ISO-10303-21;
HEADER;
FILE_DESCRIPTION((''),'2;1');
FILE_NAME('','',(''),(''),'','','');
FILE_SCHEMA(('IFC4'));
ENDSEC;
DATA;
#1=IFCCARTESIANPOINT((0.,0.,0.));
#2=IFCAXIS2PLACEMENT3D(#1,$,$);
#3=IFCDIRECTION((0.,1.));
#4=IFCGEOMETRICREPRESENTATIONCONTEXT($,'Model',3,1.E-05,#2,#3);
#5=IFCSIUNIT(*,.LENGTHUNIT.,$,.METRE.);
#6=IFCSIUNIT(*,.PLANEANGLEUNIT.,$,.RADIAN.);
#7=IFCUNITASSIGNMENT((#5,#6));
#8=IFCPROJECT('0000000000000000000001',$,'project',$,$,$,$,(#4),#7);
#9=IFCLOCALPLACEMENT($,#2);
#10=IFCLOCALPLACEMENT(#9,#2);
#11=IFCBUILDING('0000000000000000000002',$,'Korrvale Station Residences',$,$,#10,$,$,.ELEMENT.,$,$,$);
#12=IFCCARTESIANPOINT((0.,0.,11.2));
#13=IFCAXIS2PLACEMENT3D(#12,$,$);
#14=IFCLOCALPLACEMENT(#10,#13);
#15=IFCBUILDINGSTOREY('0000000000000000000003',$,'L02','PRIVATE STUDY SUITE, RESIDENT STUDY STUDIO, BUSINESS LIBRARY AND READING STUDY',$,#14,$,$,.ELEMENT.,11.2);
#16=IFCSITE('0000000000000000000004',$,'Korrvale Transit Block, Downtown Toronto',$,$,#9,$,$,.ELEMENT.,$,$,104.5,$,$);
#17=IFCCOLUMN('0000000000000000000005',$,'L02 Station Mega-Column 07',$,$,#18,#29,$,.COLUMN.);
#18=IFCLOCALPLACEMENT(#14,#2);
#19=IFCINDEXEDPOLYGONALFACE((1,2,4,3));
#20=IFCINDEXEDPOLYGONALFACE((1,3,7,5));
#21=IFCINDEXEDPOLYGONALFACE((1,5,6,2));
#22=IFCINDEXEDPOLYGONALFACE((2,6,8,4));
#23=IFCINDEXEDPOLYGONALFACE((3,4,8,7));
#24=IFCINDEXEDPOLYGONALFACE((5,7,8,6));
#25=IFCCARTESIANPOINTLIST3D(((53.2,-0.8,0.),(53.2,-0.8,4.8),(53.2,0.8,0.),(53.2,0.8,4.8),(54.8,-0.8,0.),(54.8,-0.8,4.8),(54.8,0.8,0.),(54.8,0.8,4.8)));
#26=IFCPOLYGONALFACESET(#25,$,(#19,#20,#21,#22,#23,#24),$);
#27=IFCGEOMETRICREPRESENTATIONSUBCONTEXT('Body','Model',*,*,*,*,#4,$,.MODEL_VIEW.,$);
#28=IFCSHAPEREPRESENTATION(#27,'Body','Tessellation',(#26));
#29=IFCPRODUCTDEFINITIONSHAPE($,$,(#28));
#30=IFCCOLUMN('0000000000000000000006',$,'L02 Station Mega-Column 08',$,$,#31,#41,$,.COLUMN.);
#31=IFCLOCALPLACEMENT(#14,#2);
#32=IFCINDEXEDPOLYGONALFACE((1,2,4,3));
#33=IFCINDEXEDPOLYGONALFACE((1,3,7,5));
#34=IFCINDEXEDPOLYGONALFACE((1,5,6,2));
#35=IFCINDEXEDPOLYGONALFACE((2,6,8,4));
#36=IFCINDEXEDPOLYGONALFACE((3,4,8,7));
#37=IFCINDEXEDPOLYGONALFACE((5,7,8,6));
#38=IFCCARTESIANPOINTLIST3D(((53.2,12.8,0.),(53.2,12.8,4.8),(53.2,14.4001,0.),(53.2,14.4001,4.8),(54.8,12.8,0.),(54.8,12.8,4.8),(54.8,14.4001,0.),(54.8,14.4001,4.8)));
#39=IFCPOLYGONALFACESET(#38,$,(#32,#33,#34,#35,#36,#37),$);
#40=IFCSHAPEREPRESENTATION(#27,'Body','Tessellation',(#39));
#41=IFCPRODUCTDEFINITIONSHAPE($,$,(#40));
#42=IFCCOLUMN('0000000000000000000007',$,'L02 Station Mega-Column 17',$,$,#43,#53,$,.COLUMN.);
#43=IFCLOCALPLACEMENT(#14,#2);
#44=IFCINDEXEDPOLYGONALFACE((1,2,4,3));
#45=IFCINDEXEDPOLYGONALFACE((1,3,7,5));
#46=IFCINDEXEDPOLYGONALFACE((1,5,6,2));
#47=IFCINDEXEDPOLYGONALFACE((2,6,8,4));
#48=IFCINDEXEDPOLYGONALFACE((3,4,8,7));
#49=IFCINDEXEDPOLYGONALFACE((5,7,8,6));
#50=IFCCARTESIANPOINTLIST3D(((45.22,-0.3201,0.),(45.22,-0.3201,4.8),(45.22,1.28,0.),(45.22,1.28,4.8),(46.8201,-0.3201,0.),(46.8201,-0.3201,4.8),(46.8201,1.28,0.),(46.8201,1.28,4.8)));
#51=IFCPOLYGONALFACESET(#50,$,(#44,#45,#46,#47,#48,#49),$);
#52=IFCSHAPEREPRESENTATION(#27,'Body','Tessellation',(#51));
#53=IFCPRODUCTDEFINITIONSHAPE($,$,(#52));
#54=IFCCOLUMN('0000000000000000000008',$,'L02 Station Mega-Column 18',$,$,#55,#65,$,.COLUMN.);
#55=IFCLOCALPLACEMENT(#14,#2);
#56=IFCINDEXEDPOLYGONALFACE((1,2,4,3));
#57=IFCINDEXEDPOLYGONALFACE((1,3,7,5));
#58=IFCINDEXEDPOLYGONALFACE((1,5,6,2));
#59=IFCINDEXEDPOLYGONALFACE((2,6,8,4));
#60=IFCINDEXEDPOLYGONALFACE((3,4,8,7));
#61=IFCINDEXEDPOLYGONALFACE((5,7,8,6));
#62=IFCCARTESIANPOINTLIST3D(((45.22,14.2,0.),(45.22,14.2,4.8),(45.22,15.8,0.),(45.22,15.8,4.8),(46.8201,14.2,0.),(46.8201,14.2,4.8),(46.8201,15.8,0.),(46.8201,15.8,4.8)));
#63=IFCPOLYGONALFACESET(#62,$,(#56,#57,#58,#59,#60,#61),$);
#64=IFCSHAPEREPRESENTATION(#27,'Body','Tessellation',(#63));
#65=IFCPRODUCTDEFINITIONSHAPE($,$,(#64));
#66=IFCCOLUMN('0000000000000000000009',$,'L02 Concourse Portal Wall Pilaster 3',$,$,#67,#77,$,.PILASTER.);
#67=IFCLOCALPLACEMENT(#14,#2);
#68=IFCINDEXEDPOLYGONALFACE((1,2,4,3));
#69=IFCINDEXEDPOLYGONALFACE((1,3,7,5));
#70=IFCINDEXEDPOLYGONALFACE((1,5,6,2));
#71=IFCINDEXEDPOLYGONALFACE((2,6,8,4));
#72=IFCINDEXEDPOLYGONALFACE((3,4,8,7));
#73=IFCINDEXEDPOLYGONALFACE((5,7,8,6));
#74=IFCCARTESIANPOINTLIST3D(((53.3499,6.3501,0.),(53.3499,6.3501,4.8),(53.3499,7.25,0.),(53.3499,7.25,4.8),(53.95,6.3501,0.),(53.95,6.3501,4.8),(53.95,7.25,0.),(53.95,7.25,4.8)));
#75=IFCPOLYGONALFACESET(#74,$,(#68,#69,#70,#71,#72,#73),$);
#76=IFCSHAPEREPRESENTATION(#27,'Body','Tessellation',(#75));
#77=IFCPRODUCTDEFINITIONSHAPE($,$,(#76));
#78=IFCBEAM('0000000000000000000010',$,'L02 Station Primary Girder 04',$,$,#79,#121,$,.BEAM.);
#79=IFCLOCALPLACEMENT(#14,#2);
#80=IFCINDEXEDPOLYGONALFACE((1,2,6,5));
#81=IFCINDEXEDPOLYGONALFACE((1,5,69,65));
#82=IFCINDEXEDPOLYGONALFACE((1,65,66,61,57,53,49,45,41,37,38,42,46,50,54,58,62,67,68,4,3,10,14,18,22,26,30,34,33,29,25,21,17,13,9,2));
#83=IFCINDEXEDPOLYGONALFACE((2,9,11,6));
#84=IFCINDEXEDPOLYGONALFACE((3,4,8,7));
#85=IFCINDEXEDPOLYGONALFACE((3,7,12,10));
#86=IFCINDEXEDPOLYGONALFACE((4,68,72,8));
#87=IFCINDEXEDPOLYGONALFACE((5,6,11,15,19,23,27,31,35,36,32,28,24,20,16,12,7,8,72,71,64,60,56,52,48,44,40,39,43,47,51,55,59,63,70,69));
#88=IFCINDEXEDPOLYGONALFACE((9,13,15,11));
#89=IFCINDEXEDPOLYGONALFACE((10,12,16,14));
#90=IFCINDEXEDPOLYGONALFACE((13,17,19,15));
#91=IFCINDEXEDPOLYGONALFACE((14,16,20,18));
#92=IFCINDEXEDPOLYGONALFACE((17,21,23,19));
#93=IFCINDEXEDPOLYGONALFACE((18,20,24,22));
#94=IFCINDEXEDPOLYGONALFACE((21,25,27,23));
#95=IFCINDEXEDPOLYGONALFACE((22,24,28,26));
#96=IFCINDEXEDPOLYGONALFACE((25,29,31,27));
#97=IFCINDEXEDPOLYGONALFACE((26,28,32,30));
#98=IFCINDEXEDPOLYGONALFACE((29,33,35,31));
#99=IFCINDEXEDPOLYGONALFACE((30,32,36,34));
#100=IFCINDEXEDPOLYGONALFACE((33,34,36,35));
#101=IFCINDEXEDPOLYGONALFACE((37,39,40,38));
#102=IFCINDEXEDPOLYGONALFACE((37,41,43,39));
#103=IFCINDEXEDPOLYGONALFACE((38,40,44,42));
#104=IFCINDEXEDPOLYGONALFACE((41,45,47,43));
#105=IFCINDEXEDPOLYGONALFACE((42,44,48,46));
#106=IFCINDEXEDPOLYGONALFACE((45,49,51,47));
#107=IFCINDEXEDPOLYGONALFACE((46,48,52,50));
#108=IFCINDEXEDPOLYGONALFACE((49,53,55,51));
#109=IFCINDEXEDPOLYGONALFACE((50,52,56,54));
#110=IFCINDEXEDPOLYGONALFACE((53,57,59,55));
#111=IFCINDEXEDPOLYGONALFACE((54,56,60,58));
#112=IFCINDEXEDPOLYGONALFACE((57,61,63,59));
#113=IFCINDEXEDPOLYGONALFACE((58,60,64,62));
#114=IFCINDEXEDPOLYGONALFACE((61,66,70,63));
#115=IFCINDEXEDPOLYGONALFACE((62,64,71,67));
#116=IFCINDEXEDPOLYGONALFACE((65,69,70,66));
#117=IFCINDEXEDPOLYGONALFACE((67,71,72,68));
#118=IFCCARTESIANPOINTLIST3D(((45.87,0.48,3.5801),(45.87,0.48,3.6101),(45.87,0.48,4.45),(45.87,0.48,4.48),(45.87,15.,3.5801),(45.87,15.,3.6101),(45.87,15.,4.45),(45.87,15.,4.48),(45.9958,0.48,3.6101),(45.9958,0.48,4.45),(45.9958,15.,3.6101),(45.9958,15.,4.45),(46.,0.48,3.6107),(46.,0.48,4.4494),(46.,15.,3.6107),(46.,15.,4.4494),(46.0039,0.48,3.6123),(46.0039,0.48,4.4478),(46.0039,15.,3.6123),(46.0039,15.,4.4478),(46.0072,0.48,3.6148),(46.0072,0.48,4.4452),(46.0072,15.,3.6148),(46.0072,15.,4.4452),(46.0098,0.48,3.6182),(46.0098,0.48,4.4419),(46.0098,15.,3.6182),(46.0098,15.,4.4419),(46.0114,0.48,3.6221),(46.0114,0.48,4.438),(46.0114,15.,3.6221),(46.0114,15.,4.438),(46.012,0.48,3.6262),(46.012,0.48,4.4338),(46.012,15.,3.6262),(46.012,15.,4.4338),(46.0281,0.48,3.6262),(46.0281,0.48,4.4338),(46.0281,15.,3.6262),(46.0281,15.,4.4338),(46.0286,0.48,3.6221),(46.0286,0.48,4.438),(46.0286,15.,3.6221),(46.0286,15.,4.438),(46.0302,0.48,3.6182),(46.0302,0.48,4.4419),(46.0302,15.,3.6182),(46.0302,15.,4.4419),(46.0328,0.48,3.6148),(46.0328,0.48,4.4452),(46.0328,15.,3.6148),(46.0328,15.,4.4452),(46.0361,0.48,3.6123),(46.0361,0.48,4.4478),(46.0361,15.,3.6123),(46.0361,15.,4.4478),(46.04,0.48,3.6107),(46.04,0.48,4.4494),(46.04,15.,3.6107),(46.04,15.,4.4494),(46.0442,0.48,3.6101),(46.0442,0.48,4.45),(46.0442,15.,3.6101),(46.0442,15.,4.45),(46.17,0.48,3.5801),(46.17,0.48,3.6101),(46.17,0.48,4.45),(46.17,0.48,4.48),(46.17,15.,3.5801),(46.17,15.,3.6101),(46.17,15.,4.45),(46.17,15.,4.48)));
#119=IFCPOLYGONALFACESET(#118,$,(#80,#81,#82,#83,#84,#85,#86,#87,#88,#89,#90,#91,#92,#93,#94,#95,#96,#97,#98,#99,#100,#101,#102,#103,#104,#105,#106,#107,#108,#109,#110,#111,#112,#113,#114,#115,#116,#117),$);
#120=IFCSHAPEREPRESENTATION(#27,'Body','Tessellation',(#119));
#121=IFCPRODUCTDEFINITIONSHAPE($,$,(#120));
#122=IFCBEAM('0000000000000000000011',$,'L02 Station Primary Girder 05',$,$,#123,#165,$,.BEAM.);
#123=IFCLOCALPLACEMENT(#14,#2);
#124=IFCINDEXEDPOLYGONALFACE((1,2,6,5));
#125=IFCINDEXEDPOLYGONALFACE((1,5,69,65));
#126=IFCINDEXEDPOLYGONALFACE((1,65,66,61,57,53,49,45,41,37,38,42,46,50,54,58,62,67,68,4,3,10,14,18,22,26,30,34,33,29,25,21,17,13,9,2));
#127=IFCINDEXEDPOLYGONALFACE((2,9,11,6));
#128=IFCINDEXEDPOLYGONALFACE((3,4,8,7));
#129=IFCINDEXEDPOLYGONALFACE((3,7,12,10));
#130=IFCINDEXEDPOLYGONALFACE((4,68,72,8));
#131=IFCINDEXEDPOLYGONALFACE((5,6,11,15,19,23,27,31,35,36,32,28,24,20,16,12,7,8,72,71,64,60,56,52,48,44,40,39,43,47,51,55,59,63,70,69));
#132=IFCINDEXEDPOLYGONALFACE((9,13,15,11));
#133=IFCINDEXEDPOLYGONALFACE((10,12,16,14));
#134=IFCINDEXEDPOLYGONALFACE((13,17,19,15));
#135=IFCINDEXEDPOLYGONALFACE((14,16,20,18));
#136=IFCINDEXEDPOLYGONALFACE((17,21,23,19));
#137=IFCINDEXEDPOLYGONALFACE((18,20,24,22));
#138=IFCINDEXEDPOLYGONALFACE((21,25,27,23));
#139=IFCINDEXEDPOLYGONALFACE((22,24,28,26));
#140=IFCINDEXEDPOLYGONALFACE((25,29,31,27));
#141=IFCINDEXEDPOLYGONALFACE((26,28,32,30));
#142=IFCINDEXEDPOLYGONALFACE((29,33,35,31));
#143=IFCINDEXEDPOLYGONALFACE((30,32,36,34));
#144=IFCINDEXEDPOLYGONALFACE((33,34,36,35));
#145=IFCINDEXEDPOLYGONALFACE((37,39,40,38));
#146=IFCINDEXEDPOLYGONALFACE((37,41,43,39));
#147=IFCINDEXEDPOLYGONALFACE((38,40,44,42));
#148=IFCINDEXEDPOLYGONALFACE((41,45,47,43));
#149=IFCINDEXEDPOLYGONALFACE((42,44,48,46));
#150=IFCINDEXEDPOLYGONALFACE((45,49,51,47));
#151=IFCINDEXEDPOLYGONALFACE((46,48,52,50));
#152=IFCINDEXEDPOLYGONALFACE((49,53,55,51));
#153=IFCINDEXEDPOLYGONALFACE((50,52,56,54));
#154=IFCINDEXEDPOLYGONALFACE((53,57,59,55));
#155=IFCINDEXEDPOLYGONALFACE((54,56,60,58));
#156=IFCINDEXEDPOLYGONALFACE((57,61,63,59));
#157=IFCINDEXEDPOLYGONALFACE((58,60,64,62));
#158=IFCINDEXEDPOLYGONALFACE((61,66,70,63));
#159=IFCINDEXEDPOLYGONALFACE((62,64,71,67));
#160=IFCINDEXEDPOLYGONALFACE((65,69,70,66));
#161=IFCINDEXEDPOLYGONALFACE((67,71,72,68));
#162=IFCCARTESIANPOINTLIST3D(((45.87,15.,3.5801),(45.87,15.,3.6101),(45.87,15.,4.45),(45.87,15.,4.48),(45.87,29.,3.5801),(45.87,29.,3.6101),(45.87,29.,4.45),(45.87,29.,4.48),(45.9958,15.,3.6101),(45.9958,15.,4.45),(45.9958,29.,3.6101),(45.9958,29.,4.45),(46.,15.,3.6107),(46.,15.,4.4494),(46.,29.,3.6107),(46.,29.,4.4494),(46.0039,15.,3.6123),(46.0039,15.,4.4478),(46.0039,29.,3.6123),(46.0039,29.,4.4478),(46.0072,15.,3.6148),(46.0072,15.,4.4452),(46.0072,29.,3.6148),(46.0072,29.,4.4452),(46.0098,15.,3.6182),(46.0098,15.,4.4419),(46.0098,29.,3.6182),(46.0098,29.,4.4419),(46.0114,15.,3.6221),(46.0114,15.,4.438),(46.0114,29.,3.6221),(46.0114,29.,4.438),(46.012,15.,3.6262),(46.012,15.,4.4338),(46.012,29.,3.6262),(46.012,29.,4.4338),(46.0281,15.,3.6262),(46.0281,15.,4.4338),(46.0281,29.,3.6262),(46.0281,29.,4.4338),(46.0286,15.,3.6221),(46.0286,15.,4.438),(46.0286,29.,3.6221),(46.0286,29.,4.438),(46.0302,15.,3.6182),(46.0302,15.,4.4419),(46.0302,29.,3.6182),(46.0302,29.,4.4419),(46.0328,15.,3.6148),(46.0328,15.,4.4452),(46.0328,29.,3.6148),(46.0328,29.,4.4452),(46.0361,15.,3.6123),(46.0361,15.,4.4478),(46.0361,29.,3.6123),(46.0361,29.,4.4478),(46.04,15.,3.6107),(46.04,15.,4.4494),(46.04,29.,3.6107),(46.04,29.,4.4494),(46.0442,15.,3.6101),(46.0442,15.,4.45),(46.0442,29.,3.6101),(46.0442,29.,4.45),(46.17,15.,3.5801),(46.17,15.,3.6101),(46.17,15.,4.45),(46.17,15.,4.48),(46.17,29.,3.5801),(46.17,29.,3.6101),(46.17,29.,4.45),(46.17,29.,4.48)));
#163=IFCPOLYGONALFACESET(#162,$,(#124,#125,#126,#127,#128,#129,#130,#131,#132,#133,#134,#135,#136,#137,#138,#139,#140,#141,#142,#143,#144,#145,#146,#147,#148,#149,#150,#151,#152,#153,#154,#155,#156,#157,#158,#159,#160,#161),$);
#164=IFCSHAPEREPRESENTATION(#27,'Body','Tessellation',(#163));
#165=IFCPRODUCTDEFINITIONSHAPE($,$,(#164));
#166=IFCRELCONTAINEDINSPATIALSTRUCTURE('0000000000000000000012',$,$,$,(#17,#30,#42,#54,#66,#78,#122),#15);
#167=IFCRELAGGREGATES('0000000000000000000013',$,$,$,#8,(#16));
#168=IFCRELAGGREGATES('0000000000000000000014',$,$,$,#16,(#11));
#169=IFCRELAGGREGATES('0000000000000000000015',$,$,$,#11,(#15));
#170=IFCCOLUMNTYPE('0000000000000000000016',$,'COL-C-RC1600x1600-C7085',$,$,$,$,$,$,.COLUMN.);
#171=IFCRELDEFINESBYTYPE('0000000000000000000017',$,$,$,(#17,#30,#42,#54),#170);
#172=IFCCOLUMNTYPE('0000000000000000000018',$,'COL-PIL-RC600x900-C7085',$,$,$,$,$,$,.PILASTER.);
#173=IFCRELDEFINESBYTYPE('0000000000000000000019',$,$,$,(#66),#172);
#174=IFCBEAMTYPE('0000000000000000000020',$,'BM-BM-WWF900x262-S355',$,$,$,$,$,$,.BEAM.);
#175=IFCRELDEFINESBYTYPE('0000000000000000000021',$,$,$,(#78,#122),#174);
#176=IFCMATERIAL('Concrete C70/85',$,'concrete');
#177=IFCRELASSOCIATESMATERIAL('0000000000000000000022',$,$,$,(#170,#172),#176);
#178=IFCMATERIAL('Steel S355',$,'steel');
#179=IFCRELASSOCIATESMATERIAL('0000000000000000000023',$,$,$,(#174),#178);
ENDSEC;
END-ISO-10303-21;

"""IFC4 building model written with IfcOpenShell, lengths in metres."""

from ifc_helpers import new_model, si_unit, direction, frame, origin, origin_2d, place, context, subcontext, project, spatial, rectangle, i_section, extrude, material, material_profile, profile_set, type_object, element, save


model = new_model("IFC4")

# Units and contexts
model_context = context("Model", 3, precision=1e-05, world=origin(), true_north=direction((0.0, 1.0)))
body_context = subcontext(model_context, "Body", "Model", "MODEL_VIEW")
ifc_project = project(units=[si_unit("LENGTHUNIT", "METRE"), si_unit("PLANEANGLEUNIT", "RADIAN")], contexts=[model_context])

# Site, building, storey
site_placement = place(None, origin())
site = spatial("IfcSite", under=ifc_project, at=site_placement, Name="Korrvale Transit Block, Downtown Toronto", CompositionType="ELEMENT", RefElevation=104.5)
building_placement = place(site_placement, origin())
building = spatial("IfcBuilding", under=site, at=building_placement, Name="Korrvale Station Residences", CompositionType="ELEMENT")
storey_placement = place(building_placement, frame((0.0, 0.0, 11.2)))
storey = spatial("IfcBuildingStorey", under=building, at=storey_placement, Name="L02", Description="PRIVATE STUDY SUITE, RESIDENT STUDY STUDIO, BUSINESS LIBRARY AND READING STUDY", CompositionType="ELEMENT", Elevation=11.2)

# Columns
ifc_material_1 = material(Name="Concrete C70/85", Category="concrete")
ifc_material_profile_1 = material_profile(ifc_material_1, rectangle(XDim=1.6001, YDim=1.6001, at=origin_2d()), Name="RC1600x1600")
ifc_profile_set_1 = profile_set([ifc_material_profile_1], Name="Concrete C70/85")
column_type_1 = type_object("IfcColumnType", Name="COL-C-RC1600x1600-C7085", PredefinedType="COLUMN", material=ifc_profile_set_1)
for number, where, z_axis, x_axis, name in (
    (1, (54.0, 0.0, 0.0), (0.0, 0.0, 1.0), (1.0, 0.0, 0.0), "L02 Station Mega-Column 07"),
    (2, (54.0, 13.6001, 0.0), (0.0, 0.0, 1.0), (1.0, 0.0, 0.0), "L02 Station Mega-Column 08"),
    (3, (46.02, 0.48, 0.0), (0.0, 0.0, 1.0), (1.0, 0.0, 0.0), "L02 Station Mega-Column 17"),
    (4, (46.02, 15.0, 0.0), (0.0, 0.0, 1.0), (1.0, 0.0, 0.0), "L02 Station Mega-Column 18"),
):
    element("IfcColumn", number, at=place(storey_placement, frame(where, z_axis=z_axis, x_axis=x_axis)), inside=storey, type_object=column_type_1, Name=name, PredefinedType="COLUMN", context=body_context, shape_type="SweptSolid", body=[
        extrude(rectangle(XDim=1.6001, YDim=1.6001, at=origin_2d()), origin(), (0.0, 0.0, 1.0), 4.8),
    ])
ifc_material_profile_2 = material_profile(ifc_material_1, rectangle(XDim=0.6001, YDim=0.8999, at=origin_2d()), Name="RC600x900")
ifc_profile_set_2 = profile_set([ifc_material_profile_2], Name="Concrete C70/85")
column_type_2 = type_object("IfcColumnType", Name="COL-PIL-RC600x900-C7085", PredefinedType="PILASTER", material=ifc_profile_set_2)
column_placement = place(storey_placement, frame((53.6499, 6.8, 0.0), z_axis=(0.0, 0.0, 1.0), x_axis=(1.0, 0.0, 0.0)))
element("IfcColumn", 5, at=column_placement, inside=storey, type_object=column_type_2, Name="L02 Concourse Portal Wall Pilaster 3", PredefinedType="PILASTER", context=body_context, shape_type="SweptSolid", body=[
    extrude(rectangle(XDim=0.6001, YDim=0.8999, at=origin_2d()), origin(), (0.0, 0.0, 1.0), 4.8),
])

# Beams
ifc_material_2 = material(Name="Steel S355", Category="steel")
ifc_material_profile_3 = material_profile(ifc_material_2, i_section(OverallWidth=0.3, OverallDepth=0.8999, WebThickness=0.0161, FlangeThickness=0.03, FilletRadius=0.0161, at=origin_2d()), Name="WWF900x262")
ifc_profile_set_3 = profile_set([ifc_material_profile_3], Name="Steel S355")
beam_type_1 = type_object("IfcBeamType", Name="BM-BM-WWF900x262-S355", PredefinedType="BEAM", material=ifc_profile_set_3)
beam_1_placement = place(storey_placement, frame((46.02, 0.48, 4.03), z_axis=(0.0, 1.0, 0.0), x_axis=(-1.0, 0.0, 0.0)))
element("IfcBeam", 6, at=beam_1_placement, inside=storey, type_object=beam_type_1, Name="L02 Station Primary Girder 04", PredefinedType="BEAM", context=body_context, shape_type="SweptSolid", body=[
    extrude(i_section(OverallWidth=0.3, OverallDepth=0.8999, WebThickness=0.0161, FlangeThickness=0.03, FilletRadius=0.0161, at=origin_2d()), origin(), (0.0, 0.0, 1.0), 14.52),
])
beam_2_placement = place(storey_placement, frame((46.02, 15.0, 4.03), z_axis=(0.0, 1.0, 0.0), x_axis=(-1.0, 0.0, 0.0)))
element("IfcBeam", 7, at=beam_2_placement, inside=storey, type_object=beam_type_1, Name="L02 Station Primary Girder 05", PredefinedType="BEAM", context=body_context, shape_type="SweptSolid", body=[
    extrude(i_section(OverallWidth=0.3, OverallDepth=0.8999, WebThickness=0.0161, FlangeThickness=0.03, FilletRadius=0.0161, at=origin_2d()), origin(), (0.0, 0.0, 1.0), 14.0),
])

save(model, "model.ifc")
